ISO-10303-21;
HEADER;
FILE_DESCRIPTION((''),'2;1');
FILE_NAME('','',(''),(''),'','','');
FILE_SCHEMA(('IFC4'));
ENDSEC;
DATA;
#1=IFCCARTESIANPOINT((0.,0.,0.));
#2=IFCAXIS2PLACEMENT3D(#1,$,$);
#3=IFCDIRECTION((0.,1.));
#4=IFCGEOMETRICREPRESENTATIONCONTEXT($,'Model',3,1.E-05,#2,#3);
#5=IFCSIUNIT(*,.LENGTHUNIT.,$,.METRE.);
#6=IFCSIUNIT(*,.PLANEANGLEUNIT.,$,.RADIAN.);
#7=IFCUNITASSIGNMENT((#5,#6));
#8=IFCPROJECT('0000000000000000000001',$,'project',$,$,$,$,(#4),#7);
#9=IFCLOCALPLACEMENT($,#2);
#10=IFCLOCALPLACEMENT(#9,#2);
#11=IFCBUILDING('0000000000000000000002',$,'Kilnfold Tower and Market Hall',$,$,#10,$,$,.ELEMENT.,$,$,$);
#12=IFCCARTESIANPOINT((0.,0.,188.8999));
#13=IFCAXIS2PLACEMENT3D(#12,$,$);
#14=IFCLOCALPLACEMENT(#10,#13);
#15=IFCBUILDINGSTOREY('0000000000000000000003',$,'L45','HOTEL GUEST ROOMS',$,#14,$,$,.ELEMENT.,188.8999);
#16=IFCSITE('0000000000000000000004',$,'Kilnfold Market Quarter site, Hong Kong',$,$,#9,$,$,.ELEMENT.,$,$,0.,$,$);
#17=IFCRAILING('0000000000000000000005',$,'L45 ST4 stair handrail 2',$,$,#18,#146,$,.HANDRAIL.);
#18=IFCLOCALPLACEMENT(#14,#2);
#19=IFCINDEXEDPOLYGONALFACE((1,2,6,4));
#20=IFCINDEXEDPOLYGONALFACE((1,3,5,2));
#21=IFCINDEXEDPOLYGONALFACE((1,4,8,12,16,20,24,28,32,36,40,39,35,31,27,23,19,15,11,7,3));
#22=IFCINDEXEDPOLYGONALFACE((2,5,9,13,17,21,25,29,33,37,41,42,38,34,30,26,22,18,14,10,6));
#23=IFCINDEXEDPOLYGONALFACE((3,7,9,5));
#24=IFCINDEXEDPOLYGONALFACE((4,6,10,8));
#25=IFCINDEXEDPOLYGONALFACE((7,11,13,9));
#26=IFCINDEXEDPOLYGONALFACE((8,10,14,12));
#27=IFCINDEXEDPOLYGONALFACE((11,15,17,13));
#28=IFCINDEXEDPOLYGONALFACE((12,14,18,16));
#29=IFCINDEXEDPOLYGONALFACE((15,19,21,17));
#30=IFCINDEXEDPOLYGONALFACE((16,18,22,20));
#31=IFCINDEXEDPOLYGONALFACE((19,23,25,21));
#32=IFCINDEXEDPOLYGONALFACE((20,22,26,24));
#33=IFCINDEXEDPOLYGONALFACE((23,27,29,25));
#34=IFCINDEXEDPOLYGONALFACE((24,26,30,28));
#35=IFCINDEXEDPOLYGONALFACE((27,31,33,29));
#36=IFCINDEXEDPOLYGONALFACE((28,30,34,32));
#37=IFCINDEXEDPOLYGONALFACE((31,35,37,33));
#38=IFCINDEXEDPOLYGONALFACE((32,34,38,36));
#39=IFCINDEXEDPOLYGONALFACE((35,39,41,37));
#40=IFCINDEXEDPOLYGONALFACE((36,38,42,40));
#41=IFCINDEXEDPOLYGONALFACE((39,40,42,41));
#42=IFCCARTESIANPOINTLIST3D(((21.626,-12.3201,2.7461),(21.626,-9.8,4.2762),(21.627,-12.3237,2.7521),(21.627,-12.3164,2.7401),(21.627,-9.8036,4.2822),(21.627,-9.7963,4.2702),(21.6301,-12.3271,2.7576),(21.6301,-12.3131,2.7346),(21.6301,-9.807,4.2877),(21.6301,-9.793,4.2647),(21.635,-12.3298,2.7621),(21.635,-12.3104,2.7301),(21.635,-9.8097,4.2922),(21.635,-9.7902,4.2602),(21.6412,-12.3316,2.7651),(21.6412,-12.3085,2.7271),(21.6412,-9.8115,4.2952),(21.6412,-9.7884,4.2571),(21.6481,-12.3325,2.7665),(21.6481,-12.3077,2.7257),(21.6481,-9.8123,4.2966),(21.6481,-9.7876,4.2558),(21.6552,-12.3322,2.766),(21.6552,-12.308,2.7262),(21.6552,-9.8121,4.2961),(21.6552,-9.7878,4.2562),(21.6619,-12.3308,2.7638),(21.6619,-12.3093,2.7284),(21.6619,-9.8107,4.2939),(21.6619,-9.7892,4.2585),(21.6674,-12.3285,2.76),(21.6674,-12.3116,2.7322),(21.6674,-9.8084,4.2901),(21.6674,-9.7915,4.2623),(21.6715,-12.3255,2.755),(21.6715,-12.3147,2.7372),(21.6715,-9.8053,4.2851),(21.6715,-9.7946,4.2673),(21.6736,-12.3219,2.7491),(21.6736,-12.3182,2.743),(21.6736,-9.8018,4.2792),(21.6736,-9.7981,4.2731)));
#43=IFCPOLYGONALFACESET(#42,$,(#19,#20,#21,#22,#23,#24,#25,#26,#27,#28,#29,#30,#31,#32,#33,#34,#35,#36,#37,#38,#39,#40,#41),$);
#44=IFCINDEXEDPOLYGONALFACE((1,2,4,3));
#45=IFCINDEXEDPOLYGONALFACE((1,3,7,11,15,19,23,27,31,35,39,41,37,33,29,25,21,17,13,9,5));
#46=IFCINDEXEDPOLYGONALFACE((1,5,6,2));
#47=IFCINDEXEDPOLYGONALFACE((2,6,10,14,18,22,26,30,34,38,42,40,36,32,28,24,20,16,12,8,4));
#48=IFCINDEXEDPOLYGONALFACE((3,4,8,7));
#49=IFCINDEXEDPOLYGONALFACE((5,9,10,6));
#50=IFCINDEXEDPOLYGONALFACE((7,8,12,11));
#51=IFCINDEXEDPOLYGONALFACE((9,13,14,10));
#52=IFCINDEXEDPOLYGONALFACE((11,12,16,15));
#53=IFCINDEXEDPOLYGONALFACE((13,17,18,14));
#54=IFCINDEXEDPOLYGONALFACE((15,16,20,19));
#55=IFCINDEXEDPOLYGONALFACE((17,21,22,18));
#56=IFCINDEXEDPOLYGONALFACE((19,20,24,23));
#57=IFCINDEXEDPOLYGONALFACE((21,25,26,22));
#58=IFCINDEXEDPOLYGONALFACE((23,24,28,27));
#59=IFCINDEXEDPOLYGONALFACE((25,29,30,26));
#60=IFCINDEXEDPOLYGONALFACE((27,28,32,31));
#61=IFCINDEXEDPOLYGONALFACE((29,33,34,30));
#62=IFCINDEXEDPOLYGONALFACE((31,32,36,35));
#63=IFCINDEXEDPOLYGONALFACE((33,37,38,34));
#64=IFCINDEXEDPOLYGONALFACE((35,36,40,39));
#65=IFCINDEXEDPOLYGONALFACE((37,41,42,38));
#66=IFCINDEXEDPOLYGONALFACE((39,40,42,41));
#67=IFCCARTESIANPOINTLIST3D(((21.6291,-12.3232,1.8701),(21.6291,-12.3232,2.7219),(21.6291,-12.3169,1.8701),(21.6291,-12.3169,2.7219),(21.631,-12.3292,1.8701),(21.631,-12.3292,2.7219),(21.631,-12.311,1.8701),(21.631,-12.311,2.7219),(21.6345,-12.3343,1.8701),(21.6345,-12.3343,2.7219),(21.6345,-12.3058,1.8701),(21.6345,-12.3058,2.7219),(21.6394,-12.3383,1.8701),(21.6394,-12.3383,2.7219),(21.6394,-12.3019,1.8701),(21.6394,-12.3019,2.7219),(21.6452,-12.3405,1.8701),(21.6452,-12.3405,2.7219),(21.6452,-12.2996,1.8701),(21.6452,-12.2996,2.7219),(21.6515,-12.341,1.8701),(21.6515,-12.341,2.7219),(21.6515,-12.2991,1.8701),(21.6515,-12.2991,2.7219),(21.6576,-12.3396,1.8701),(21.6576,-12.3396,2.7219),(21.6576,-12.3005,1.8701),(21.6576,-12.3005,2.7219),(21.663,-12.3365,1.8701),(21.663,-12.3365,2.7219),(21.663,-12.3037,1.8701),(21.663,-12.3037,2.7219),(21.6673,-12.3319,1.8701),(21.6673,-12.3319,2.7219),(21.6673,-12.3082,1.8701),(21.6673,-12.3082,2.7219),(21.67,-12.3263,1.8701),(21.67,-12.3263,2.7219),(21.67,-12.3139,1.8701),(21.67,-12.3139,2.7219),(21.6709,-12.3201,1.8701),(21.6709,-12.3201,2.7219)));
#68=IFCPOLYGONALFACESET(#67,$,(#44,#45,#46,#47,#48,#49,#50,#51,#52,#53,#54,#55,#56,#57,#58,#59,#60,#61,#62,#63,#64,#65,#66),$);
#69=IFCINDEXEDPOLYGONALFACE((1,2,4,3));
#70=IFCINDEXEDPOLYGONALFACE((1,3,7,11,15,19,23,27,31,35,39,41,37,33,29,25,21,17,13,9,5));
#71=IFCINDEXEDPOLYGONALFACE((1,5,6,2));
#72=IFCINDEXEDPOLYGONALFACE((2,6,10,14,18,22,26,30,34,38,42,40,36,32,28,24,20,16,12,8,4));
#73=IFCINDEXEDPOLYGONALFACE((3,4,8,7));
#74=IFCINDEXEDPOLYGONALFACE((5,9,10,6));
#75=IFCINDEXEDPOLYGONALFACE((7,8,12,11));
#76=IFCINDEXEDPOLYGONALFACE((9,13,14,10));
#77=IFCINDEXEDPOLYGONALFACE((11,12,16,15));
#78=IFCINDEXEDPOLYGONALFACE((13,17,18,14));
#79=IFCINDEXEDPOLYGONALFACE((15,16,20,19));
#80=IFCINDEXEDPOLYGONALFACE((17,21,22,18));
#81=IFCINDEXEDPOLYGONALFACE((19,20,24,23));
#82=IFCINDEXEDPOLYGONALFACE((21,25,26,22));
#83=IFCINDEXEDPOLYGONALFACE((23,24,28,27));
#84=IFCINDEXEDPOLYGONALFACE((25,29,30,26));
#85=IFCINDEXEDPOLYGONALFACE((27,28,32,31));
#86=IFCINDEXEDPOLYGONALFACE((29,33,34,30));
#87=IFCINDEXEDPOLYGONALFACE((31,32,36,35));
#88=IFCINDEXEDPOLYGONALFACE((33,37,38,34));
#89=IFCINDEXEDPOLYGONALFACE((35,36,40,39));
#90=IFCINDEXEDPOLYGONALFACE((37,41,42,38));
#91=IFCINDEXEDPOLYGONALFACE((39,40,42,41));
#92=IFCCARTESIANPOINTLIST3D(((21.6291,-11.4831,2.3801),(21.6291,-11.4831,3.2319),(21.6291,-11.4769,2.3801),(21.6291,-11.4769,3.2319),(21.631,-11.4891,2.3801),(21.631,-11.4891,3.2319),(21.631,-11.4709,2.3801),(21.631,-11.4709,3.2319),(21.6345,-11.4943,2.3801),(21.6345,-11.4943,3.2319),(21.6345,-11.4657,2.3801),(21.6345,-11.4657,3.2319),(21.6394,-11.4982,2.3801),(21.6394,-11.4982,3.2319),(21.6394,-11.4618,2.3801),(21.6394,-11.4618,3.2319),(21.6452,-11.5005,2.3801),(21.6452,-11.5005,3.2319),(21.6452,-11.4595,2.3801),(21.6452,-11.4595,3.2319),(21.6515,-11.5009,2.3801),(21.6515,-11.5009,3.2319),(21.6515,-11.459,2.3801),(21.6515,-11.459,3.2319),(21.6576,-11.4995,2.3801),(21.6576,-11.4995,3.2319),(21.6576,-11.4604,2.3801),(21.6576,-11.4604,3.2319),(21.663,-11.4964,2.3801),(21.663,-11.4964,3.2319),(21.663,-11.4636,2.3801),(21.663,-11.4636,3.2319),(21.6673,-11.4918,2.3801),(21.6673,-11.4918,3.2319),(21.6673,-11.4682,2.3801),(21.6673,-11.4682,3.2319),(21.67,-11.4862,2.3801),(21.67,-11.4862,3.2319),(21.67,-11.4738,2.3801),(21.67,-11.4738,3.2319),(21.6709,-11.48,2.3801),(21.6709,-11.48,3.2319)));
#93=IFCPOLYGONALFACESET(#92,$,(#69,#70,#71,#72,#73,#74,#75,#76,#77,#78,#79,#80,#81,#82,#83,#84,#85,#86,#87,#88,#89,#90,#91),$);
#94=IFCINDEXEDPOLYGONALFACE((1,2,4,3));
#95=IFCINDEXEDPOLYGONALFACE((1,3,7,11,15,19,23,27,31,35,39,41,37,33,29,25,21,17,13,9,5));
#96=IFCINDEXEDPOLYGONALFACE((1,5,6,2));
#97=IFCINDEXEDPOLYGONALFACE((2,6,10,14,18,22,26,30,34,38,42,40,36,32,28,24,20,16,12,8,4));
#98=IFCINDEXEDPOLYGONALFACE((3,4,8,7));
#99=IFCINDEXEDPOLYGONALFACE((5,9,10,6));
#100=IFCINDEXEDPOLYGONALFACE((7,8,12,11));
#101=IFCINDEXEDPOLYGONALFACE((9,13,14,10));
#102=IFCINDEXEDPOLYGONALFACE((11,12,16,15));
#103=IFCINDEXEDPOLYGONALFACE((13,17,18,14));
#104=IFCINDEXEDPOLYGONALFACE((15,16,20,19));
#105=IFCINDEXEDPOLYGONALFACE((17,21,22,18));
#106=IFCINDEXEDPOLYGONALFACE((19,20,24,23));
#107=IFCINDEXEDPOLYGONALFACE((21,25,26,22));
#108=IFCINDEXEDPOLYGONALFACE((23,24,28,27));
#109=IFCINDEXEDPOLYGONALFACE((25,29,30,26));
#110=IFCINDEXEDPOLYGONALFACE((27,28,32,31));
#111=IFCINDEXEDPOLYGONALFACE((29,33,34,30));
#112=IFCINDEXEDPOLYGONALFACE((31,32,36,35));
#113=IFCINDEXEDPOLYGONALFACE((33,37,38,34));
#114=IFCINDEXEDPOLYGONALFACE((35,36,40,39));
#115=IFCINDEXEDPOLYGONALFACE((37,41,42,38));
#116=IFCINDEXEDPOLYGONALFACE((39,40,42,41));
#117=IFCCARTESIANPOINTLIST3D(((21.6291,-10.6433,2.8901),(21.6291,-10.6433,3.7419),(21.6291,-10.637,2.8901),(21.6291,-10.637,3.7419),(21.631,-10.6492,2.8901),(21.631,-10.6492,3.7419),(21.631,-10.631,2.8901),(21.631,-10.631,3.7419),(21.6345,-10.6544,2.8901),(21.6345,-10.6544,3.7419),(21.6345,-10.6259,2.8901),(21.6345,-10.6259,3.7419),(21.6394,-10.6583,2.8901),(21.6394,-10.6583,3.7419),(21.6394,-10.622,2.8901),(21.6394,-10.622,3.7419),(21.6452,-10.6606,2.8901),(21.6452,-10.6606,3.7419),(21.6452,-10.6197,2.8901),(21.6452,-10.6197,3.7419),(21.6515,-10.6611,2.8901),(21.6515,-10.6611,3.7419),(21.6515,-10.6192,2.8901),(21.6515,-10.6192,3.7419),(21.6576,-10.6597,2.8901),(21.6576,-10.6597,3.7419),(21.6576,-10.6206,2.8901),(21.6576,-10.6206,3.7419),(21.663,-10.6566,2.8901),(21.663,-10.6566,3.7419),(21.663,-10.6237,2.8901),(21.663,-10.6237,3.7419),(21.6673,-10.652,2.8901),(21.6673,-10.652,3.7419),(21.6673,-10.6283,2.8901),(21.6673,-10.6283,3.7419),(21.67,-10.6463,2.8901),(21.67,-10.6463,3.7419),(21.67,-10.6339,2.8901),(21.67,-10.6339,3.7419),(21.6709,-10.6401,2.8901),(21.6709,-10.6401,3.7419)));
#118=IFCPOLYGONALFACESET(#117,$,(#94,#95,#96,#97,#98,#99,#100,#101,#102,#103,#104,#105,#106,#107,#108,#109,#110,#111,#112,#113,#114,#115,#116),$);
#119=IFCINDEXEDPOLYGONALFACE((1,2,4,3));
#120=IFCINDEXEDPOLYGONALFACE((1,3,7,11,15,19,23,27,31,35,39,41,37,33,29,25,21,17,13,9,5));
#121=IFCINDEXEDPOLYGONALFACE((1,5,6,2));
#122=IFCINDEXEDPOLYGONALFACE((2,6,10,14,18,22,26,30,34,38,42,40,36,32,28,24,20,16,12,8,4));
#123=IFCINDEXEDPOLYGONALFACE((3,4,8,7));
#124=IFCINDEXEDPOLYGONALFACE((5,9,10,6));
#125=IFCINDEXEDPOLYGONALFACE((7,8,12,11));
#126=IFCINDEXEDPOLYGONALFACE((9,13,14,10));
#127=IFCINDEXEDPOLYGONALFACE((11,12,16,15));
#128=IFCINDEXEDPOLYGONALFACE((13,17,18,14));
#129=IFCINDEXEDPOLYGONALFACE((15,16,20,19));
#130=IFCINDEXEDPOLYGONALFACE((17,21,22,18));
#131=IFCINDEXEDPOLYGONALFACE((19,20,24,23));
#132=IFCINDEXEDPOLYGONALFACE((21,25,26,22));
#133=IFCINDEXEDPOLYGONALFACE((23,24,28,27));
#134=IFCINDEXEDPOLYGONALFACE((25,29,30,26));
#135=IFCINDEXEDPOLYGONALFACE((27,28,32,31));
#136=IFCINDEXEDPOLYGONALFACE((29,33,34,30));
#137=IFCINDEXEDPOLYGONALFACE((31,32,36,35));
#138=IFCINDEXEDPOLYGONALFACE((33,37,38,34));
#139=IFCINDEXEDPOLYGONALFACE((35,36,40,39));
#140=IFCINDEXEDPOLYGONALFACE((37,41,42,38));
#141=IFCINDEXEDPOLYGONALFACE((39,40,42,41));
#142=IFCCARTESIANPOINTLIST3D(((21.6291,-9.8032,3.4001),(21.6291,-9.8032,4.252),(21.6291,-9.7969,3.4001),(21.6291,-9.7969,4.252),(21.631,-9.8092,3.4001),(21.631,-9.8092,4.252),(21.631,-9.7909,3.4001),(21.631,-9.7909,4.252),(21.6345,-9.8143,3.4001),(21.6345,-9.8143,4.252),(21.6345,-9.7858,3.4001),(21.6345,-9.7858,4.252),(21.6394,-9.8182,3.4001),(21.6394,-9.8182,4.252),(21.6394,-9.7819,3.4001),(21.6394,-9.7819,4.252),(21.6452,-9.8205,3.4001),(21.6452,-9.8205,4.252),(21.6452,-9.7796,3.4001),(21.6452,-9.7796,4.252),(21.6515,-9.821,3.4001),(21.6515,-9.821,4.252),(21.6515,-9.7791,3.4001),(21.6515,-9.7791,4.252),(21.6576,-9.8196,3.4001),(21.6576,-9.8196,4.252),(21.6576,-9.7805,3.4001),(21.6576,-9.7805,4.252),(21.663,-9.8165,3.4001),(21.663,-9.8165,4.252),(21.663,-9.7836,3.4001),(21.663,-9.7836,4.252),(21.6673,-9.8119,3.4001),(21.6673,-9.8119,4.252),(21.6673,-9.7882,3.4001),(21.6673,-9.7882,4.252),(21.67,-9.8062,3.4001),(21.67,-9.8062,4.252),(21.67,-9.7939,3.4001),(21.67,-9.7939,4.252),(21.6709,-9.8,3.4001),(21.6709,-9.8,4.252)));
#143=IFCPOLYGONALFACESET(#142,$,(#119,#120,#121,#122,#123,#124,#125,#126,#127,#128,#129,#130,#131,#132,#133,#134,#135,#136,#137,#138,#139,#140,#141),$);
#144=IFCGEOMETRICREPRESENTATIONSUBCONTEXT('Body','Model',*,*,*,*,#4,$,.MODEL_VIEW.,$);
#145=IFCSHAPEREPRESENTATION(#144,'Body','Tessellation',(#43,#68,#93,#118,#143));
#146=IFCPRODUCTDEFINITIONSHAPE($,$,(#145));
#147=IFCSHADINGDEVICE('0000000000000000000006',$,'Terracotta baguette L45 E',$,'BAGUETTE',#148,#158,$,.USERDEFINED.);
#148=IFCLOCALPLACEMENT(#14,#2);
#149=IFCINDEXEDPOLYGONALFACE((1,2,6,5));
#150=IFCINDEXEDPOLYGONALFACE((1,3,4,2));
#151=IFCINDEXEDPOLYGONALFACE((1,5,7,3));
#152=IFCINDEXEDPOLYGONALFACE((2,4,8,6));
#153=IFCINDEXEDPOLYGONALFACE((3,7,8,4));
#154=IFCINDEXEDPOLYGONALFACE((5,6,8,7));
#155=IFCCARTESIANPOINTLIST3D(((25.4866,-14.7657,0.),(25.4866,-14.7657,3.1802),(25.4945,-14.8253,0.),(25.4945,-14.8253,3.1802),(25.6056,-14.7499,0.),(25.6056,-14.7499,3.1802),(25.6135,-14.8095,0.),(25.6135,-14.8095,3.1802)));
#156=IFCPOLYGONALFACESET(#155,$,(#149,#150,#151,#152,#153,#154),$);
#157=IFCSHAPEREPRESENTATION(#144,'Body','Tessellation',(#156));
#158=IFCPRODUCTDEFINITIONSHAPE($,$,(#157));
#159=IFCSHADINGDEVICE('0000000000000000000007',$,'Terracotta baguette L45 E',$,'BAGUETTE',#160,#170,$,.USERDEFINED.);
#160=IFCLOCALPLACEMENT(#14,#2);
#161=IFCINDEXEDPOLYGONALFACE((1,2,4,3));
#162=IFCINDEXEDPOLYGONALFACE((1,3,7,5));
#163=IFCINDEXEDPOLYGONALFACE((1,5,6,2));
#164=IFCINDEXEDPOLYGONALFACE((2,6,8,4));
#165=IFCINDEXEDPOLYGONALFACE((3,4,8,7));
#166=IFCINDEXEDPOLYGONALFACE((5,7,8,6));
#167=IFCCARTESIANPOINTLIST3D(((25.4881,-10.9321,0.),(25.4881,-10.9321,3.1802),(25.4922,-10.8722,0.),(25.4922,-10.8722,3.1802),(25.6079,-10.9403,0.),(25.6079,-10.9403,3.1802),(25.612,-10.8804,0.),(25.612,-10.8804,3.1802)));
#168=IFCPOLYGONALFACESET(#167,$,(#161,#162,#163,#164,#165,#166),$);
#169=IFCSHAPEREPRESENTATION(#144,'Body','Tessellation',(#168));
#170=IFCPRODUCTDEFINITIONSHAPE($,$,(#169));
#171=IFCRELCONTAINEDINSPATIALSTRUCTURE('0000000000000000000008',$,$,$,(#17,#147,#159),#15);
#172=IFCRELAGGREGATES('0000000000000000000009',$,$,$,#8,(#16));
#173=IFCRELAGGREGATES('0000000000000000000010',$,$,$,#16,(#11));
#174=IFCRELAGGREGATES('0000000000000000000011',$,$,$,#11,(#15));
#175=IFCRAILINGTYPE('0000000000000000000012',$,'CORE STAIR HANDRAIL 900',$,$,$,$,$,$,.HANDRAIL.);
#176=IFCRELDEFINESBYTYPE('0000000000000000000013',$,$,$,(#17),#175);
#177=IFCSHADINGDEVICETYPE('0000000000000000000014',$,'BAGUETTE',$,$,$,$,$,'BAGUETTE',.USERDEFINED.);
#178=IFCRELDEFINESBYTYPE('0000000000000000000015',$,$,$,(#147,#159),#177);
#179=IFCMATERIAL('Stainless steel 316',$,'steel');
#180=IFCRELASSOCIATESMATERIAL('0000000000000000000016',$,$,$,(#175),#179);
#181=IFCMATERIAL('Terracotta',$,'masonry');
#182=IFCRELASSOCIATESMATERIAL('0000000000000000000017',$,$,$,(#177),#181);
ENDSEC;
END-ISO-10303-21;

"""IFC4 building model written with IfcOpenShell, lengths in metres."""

from ifc_helpers import new_model, si_unit, direction, frame, origin, origin_2d, place, context, subcontext, project, spatial, rectangle, circle, extrude, source, transform, mapped, material, material_profile, profile_set, type_object, element, save


model = new_model("IFC4")

# Units and contexts
model_context = context("Model", 3, precision=1e-05, world=origin(), true_north=direction((0.0, 1.0)))
body_context = subcontext(model_context, "Body", "Model", "MODEL_VIEW")
ifc_project = project(units=[si_unit("LENGTHUNIT", "METRE"), si_unit("PLANEANGLEUNIT", "RADIAN")], contexts=[model_context])

# Site, building, storey
site_placement = place(None, origin())
site = spatial("IfcSite", under=ifc_project, at=site_placement, Name="Kilnfold Market Quarter site, Hong Kong", CompositionType="ELEMENT", RefElevation=0.0)
building_placement = place(site_placement, origin())
building = spatial("IfcBuilding", under=site, at=building_placement, Name="Kilnfold Tower and Market Hall", CompositionType="ELEMENT")
storey_placement = place(building_placement, frame((0.0, 0.0, 188.8999)))
storey = spatial("IfcBuildingStorey", under=building, at=storey_placement, Name="L45", Description="HOTEL GUEST ROOMS", CompositionType="ELEMENT", Elevation=188.8999)

# Railing
ifc_material_1 = material(Name="Stainless steel 316", Category="steel")
railing_type_1 = type_object("IfcRailingType", Name="CORE STAIR HANDRAIL 900", PredefinedType="HANDRAIL", material=ifc_material_1)
railing_1_placement = place(storey_placement, frame((21.6499, -12.3201, 1.8701)))
element("IfcRailing", 1, at=railing_1_placement, inside=storey, type_object=railing_type_1, Name="L45 ST4 stair handrail 2", PredefinedType="HANDRAIL", context=body_context, shape_type="SweptSolid", body=[
    extrude(circle(Radius=0.0239, at=origin_2d()), frame((0.0, 0.0, 0.876), z_axis=(0.0, 0.854785, 0.518982), x_axis=(-1.0, 0.0, 0.0)), (0.0, 0.0, 1.0), 2.9482),
    extrude(circle(Radius=0.021, at=origin_2d()), origin(), (0.0, 0.0, 1.0), 0.8518),
    extrude(circle(Radius=0.021, at=origin_2d()), frame((0.0, 0.8401, 0.51)), (0.0, 0.0, 1.0), 0.8518),
    extrude(circle(Radius=0.021, at=origin_2d()), frame((0.0, 1.6799, 1.02)), (0.0, 0.0, 1.0), 0.8518),
    extrude(circle(Radius=0.021, at=origin_2d()), frame((0.0, 2.52, 1.53)), (0.0, 0.0, 1.0), 0.8518),
])

# Shading devices
ifc_material_2 = material(Name="Terracotta", Category="masonry")
ifc_material_profile_1 = material_profile(ifc_material_2, rectangle(XDim=0.0601, YDim=0.1201, at=origin_2d()), Name="BAG 60x120")
ifc_profile_set_1 = profile_set([ifc_material_profile_1], Name="Terracotta")
shading_device_type = type_object("IfcShadingDeviceType", Name="BAGUETTE", ElementType="BAGUETTE", PredefinedType="USERDEFINED", material=ifc_profile_set_1)
shared_shape_1 = source(origin(), body_context, "Body", "SweptSolid", [
    extrude(rectangle(XDim=0.0601, YDim=0.1201, at=origin_2d()), origin(), (0.0, 0.0, 1.0), 3.1802),
])
for number, where, z_axis, x_axis, name in (
    (2, (25.55, -14.7876, 0.0), (0.0, 0.0, 1.0), (-0.131487, 0.991318, 0.0), "Terracotta baguette L45 E"),
    (3, (25.55, -10.9062, 0.0), (0.0, 0.0, 1.0), (0.067629, 0.997711, 0.0), "Terracotta baguette L45 E"),
):
    element("IfcShadingDevice", number, at=place(storey_placement, frame(where, z_axis=z_axis, x_axis=x_axis)), inside=storey, type_object=shading_device_type, Name=name, ObjectType="BAGUETTE", PredefinedType="USERDEFINED", context=body_context, shape_type="MappedRepresentation", body=[
        mapped(shared_shape_1, transform((0.0, 0.0, 0.0))),
    ])

save(model, "model.ifc")
